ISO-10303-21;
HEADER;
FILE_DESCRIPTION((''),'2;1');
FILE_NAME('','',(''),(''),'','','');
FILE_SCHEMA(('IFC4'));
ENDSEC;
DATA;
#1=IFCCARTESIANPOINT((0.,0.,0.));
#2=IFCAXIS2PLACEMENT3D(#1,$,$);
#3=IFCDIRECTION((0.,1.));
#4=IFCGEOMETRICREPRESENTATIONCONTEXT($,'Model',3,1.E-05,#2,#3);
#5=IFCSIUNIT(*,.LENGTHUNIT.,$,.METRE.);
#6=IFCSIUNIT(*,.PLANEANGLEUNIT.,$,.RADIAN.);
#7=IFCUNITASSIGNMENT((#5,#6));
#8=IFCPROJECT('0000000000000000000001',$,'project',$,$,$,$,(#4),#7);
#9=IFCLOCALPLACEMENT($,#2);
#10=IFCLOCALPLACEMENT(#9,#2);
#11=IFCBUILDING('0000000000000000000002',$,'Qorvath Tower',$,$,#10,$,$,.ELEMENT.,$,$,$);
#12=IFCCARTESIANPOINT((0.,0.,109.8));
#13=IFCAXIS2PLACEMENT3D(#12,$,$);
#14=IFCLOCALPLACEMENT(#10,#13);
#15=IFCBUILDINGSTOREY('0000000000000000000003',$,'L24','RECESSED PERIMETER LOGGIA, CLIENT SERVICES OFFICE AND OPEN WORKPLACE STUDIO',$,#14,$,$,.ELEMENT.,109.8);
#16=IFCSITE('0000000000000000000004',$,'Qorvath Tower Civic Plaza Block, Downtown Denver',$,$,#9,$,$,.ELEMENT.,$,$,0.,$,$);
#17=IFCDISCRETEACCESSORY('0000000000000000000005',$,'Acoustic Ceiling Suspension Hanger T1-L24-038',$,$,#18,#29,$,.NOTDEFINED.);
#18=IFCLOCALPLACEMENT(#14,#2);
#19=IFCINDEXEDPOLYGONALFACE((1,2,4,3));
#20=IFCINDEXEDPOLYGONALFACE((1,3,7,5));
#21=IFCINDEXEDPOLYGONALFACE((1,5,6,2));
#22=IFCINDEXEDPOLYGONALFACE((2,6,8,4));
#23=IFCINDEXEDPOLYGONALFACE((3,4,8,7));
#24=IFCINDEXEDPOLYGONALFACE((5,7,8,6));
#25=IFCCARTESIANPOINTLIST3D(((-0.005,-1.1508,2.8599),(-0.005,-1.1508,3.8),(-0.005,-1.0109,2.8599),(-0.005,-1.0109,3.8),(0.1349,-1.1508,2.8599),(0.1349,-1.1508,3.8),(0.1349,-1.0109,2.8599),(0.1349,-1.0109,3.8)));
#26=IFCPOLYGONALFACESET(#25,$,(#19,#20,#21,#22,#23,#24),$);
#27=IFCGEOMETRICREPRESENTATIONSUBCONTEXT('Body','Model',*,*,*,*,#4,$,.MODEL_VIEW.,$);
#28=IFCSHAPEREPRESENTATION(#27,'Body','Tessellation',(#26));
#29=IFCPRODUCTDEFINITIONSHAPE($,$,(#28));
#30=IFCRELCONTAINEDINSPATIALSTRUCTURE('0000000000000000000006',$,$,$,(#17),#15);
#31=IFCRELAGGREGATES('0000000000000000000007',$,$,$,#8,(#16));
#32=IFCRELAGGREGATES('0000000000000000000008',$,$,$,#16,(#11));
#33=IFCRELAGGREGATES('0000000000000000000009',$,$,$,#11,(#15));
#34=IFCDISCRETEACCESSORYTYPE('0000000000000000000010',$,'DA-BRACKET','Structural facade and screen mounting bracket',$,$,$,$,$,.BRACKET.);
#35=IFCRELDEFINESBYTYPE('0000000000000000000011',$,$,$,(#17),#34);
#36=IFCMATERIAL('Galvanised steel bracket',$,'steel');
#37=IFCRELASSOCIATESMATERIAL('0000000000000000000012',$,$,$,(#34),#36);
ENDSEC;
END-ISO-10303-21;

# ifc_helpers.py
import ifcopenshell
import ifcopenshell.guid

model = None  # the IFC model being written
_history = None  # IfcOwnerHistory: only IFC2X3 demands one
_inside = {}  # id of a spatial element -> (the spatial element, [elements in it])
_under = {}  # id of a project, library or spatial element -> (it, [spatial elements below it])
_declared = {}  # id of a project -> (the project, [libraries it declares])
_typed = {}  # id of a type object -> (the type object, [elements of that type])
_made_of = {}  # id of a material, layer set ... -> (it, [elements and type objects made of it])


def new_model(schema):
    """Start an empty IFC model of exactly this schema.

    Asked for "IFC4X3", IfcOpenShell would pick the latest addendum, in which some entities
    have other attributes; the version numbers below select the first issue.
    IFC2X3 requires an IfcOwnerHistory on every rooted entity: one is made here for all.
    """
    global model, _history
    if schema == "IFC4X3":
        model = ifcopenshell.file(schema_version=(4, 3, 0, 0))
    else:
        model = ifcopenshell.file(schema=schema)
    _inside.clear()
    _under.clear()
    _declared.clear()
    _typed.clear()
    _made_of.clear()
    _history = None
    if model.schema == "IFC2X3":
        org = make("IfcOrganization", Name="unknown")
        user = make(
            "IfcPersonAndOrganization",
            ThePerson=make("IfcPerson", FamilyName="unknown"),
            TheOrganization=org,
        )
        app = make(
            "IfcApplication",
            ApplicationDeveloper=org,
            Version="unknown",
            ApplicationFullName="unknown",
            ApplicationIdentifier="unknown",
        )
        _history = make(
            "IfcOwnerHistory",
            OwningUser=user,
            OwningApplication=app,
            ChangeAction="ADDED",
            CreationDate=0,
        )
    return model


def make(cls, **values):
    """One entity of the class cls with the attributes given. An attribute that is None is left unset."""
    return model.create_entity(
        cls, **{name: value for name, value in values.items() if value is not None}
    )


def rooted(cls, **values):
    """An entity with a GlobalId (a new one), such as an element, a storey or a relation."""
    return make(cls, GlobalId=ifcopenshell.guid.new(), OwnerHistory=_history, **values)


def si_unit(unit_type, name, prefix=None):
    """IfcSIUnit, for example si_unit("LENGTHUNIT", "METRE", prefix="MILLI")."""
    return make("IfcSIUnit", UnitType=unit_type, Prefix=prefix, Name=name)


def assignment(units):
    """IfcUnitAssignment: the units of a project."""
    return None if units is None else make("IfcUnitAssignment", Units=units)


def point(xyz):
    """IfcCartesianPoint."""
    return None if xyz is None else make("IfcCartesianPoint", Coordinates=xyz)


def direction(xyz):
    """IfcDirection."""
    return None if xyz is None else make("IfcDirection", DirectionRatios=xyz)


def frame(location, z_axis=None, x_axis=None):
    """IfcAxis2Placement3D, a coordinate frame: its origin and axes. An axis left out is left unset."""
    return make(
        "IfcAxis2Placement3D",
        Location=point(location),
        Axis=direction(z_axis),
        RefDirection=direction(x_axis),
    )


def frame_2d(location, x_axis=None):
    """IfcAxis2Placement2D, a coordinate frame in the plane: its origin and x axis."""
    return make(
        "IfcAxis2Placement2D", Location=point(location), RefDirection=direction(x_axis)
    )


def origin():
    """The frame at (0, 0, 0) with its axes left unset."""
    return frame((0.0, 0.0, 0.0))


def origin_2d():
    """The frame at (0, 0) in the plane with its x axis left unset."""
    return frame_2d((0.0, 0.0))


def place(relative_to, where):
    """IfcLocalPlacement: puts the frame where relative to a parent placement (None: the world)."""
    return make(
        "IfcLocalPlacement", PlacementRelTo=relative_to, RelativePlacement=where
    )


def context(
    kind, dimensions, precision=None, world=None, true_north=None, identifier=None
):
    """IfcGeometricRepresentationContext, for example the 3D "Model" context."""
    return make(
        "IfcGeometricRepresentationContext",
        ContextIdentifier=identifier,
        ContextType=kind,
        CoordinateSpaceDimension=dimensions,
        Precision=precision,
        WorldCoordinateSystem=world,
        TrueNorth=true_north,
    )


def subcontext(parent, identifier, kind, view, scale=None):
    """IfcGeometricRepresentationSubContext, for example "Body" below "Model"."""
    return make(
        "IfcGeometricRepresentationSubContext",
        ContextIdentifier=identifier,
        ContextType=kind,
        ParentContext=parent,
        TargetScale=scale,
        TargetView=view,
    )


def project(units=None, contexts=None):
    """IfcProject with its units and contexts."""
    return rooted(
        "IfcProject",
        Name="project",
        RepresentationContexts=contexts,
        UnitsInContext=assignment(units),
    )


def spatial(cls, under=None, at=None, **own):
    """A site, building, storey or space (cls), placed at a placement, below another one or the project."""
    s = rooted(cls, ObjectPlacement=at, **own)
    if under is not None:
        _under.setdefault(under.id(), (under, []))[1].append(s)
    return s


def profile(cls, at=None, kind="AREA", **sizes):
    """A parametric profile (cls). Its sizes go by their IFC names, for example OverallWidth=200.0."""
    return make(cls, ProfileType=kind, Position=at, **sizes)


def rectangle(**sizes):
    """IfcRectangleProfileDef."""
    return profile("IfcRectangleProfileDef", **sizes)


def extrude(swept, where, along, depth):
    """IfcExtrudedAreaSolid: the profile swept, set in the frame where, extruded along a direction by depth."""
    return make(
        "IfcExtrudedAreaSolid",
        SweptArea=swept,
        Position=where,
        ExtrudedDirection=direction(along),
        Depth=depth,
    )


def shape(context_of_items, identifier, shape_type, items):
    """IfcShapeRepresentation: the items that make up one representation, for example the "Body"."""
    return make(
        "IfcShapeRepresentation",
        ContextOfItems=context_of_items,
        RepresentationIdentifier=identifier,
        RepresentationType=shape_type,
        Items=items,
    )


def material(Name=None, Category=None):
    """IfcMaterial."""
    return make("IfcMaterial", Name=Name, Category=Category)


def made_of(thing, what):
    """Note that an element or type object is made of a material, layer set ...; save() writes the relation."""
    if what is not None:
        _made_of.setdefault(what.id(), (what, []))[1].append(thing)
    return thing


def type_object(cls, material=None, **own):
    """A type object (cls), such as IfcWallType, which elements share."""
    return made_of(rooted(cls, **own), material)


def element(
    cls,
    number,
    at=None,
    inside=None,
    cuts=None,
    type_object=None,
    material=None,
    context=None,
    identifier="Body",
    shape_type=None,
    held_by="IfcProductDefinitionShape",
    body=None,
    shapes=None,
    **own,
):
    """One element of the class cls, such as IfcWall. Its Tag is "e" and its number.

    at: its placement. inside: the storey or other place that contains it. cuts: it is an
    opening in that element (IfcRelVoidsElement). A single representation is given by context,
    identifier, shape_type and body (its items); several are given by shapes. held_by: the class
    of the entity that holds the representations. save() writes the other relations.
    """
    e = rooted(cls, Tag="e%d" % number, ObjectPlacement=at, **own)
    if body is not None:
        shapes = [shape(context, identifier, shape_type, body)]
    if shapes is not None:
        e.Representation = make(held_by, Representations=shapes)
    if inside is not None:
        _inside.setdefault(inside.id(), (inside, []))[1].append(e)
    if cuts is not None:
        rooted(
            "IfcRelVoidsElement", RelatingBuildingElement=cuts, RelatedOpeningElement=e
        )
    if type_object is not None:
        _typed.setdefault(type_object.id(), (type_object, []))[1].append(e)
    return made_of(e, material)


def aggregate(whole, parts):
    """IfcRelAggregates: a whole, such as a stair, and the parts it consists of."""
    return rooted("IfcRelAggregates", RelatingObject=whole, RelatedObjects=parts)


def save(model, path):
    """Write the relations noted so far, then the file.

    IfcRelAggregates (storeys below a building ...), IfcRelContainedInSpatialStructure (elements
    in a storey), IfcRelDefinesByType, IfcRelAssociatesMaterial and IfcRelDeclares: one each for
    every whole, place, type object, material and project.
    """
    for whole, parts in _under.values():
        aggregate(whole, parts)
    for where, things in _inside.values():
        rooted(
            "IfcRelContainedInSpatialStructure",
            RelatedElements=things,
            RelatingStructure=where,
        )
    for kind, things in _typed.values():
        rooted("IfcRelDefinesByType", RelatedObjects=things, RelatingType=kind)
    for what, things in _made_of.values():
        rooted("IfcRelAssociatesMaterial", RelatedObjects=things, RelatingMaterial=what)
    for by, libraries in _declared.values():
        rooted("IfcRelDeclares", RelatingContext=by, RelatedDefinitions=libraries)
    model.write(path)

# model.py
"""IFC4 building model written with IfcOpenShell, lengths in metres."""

from ifc_helpers import new_model, si_unit, direction, frame, origin, origin_2d, place, context, subcontext, project, spatial, rectangle, extrude, material, type_object, element, save


model = new_model("IFC4")

# Units and contexts
model_context = context("Model", 3, precision=1e-05, world=origin(), true_north=direction((0.0, 1.0)))
body_context = subcontext(model_context, "Body", "Model", "MODEL_VIEW")
ifc_project = project(units=[si_unit("LENGTHUNIT", "METRE"), si_unit("PLANEANGLEUNIT", "RADIAN")], contexts=[model_context])

# Site, building, storey
site_placement = place(None, origin())
site = spatial("IfcSite", under=ifc_project, at=site_placement, Name="Qorvath Tower Civic Plaza Block, Downtown Denver", CompositionType="ELEMENT", RefElevation=0.0)
building_placement = place(site_placement, origin())
building = spatial("IfcBuilding", under=site, at=building_placement, Name="Qorvath Tower", CompositionType="ELEMENT")
storey_placement = place(building_placement, frame((0.0, 0.0, 109.8)))
storey = spatial("IfcBuildingStorey", under=building, at=storey_placement, Name="L24", Description="RECESSED PERIMETER LOGGIA, CLIENT SERVICES OFFICE AND OPEN WORKPLACE STUDIO", CompositionType="ELEMENT", Elevation=109.8)

# Discrete accessory
ifc_material_1 = material(Name="Galvanised steel bracket", Category="steel")
discrete_accessory_type = type_object("IfcDiscreteAccessoryType", Name="DA-BRACKET", Description="Structural facade and screen mounting bracket", PredefinedType="BRACKET", material=ifc_material_1)
discrete_accessory_placement = place(storey_placement, frame((0.0649, -1.0808, 2.8599), z_axis=(0.0, 0.0, 1.0), x_axis=(1.0, 0.0, 0.0)))
element("IfcDiscreteAccessory", 1, at=discrete_accessory_placement, inside=storey, type_object=discrete_accessory_type, Name="Acoustic Ceiling Suspension Hanger T1-L24-038", PredefinedType="NOTDEFINED", context=body_context, shape_type="SweptSolid", body=[
    extrude(rectangle(XDim=0.1399, YDim=0.1399, at=origin_2d()), origin(), (0.0, 0.0, 1.0), 0.9402),
])

save(model, "model.ifc")
